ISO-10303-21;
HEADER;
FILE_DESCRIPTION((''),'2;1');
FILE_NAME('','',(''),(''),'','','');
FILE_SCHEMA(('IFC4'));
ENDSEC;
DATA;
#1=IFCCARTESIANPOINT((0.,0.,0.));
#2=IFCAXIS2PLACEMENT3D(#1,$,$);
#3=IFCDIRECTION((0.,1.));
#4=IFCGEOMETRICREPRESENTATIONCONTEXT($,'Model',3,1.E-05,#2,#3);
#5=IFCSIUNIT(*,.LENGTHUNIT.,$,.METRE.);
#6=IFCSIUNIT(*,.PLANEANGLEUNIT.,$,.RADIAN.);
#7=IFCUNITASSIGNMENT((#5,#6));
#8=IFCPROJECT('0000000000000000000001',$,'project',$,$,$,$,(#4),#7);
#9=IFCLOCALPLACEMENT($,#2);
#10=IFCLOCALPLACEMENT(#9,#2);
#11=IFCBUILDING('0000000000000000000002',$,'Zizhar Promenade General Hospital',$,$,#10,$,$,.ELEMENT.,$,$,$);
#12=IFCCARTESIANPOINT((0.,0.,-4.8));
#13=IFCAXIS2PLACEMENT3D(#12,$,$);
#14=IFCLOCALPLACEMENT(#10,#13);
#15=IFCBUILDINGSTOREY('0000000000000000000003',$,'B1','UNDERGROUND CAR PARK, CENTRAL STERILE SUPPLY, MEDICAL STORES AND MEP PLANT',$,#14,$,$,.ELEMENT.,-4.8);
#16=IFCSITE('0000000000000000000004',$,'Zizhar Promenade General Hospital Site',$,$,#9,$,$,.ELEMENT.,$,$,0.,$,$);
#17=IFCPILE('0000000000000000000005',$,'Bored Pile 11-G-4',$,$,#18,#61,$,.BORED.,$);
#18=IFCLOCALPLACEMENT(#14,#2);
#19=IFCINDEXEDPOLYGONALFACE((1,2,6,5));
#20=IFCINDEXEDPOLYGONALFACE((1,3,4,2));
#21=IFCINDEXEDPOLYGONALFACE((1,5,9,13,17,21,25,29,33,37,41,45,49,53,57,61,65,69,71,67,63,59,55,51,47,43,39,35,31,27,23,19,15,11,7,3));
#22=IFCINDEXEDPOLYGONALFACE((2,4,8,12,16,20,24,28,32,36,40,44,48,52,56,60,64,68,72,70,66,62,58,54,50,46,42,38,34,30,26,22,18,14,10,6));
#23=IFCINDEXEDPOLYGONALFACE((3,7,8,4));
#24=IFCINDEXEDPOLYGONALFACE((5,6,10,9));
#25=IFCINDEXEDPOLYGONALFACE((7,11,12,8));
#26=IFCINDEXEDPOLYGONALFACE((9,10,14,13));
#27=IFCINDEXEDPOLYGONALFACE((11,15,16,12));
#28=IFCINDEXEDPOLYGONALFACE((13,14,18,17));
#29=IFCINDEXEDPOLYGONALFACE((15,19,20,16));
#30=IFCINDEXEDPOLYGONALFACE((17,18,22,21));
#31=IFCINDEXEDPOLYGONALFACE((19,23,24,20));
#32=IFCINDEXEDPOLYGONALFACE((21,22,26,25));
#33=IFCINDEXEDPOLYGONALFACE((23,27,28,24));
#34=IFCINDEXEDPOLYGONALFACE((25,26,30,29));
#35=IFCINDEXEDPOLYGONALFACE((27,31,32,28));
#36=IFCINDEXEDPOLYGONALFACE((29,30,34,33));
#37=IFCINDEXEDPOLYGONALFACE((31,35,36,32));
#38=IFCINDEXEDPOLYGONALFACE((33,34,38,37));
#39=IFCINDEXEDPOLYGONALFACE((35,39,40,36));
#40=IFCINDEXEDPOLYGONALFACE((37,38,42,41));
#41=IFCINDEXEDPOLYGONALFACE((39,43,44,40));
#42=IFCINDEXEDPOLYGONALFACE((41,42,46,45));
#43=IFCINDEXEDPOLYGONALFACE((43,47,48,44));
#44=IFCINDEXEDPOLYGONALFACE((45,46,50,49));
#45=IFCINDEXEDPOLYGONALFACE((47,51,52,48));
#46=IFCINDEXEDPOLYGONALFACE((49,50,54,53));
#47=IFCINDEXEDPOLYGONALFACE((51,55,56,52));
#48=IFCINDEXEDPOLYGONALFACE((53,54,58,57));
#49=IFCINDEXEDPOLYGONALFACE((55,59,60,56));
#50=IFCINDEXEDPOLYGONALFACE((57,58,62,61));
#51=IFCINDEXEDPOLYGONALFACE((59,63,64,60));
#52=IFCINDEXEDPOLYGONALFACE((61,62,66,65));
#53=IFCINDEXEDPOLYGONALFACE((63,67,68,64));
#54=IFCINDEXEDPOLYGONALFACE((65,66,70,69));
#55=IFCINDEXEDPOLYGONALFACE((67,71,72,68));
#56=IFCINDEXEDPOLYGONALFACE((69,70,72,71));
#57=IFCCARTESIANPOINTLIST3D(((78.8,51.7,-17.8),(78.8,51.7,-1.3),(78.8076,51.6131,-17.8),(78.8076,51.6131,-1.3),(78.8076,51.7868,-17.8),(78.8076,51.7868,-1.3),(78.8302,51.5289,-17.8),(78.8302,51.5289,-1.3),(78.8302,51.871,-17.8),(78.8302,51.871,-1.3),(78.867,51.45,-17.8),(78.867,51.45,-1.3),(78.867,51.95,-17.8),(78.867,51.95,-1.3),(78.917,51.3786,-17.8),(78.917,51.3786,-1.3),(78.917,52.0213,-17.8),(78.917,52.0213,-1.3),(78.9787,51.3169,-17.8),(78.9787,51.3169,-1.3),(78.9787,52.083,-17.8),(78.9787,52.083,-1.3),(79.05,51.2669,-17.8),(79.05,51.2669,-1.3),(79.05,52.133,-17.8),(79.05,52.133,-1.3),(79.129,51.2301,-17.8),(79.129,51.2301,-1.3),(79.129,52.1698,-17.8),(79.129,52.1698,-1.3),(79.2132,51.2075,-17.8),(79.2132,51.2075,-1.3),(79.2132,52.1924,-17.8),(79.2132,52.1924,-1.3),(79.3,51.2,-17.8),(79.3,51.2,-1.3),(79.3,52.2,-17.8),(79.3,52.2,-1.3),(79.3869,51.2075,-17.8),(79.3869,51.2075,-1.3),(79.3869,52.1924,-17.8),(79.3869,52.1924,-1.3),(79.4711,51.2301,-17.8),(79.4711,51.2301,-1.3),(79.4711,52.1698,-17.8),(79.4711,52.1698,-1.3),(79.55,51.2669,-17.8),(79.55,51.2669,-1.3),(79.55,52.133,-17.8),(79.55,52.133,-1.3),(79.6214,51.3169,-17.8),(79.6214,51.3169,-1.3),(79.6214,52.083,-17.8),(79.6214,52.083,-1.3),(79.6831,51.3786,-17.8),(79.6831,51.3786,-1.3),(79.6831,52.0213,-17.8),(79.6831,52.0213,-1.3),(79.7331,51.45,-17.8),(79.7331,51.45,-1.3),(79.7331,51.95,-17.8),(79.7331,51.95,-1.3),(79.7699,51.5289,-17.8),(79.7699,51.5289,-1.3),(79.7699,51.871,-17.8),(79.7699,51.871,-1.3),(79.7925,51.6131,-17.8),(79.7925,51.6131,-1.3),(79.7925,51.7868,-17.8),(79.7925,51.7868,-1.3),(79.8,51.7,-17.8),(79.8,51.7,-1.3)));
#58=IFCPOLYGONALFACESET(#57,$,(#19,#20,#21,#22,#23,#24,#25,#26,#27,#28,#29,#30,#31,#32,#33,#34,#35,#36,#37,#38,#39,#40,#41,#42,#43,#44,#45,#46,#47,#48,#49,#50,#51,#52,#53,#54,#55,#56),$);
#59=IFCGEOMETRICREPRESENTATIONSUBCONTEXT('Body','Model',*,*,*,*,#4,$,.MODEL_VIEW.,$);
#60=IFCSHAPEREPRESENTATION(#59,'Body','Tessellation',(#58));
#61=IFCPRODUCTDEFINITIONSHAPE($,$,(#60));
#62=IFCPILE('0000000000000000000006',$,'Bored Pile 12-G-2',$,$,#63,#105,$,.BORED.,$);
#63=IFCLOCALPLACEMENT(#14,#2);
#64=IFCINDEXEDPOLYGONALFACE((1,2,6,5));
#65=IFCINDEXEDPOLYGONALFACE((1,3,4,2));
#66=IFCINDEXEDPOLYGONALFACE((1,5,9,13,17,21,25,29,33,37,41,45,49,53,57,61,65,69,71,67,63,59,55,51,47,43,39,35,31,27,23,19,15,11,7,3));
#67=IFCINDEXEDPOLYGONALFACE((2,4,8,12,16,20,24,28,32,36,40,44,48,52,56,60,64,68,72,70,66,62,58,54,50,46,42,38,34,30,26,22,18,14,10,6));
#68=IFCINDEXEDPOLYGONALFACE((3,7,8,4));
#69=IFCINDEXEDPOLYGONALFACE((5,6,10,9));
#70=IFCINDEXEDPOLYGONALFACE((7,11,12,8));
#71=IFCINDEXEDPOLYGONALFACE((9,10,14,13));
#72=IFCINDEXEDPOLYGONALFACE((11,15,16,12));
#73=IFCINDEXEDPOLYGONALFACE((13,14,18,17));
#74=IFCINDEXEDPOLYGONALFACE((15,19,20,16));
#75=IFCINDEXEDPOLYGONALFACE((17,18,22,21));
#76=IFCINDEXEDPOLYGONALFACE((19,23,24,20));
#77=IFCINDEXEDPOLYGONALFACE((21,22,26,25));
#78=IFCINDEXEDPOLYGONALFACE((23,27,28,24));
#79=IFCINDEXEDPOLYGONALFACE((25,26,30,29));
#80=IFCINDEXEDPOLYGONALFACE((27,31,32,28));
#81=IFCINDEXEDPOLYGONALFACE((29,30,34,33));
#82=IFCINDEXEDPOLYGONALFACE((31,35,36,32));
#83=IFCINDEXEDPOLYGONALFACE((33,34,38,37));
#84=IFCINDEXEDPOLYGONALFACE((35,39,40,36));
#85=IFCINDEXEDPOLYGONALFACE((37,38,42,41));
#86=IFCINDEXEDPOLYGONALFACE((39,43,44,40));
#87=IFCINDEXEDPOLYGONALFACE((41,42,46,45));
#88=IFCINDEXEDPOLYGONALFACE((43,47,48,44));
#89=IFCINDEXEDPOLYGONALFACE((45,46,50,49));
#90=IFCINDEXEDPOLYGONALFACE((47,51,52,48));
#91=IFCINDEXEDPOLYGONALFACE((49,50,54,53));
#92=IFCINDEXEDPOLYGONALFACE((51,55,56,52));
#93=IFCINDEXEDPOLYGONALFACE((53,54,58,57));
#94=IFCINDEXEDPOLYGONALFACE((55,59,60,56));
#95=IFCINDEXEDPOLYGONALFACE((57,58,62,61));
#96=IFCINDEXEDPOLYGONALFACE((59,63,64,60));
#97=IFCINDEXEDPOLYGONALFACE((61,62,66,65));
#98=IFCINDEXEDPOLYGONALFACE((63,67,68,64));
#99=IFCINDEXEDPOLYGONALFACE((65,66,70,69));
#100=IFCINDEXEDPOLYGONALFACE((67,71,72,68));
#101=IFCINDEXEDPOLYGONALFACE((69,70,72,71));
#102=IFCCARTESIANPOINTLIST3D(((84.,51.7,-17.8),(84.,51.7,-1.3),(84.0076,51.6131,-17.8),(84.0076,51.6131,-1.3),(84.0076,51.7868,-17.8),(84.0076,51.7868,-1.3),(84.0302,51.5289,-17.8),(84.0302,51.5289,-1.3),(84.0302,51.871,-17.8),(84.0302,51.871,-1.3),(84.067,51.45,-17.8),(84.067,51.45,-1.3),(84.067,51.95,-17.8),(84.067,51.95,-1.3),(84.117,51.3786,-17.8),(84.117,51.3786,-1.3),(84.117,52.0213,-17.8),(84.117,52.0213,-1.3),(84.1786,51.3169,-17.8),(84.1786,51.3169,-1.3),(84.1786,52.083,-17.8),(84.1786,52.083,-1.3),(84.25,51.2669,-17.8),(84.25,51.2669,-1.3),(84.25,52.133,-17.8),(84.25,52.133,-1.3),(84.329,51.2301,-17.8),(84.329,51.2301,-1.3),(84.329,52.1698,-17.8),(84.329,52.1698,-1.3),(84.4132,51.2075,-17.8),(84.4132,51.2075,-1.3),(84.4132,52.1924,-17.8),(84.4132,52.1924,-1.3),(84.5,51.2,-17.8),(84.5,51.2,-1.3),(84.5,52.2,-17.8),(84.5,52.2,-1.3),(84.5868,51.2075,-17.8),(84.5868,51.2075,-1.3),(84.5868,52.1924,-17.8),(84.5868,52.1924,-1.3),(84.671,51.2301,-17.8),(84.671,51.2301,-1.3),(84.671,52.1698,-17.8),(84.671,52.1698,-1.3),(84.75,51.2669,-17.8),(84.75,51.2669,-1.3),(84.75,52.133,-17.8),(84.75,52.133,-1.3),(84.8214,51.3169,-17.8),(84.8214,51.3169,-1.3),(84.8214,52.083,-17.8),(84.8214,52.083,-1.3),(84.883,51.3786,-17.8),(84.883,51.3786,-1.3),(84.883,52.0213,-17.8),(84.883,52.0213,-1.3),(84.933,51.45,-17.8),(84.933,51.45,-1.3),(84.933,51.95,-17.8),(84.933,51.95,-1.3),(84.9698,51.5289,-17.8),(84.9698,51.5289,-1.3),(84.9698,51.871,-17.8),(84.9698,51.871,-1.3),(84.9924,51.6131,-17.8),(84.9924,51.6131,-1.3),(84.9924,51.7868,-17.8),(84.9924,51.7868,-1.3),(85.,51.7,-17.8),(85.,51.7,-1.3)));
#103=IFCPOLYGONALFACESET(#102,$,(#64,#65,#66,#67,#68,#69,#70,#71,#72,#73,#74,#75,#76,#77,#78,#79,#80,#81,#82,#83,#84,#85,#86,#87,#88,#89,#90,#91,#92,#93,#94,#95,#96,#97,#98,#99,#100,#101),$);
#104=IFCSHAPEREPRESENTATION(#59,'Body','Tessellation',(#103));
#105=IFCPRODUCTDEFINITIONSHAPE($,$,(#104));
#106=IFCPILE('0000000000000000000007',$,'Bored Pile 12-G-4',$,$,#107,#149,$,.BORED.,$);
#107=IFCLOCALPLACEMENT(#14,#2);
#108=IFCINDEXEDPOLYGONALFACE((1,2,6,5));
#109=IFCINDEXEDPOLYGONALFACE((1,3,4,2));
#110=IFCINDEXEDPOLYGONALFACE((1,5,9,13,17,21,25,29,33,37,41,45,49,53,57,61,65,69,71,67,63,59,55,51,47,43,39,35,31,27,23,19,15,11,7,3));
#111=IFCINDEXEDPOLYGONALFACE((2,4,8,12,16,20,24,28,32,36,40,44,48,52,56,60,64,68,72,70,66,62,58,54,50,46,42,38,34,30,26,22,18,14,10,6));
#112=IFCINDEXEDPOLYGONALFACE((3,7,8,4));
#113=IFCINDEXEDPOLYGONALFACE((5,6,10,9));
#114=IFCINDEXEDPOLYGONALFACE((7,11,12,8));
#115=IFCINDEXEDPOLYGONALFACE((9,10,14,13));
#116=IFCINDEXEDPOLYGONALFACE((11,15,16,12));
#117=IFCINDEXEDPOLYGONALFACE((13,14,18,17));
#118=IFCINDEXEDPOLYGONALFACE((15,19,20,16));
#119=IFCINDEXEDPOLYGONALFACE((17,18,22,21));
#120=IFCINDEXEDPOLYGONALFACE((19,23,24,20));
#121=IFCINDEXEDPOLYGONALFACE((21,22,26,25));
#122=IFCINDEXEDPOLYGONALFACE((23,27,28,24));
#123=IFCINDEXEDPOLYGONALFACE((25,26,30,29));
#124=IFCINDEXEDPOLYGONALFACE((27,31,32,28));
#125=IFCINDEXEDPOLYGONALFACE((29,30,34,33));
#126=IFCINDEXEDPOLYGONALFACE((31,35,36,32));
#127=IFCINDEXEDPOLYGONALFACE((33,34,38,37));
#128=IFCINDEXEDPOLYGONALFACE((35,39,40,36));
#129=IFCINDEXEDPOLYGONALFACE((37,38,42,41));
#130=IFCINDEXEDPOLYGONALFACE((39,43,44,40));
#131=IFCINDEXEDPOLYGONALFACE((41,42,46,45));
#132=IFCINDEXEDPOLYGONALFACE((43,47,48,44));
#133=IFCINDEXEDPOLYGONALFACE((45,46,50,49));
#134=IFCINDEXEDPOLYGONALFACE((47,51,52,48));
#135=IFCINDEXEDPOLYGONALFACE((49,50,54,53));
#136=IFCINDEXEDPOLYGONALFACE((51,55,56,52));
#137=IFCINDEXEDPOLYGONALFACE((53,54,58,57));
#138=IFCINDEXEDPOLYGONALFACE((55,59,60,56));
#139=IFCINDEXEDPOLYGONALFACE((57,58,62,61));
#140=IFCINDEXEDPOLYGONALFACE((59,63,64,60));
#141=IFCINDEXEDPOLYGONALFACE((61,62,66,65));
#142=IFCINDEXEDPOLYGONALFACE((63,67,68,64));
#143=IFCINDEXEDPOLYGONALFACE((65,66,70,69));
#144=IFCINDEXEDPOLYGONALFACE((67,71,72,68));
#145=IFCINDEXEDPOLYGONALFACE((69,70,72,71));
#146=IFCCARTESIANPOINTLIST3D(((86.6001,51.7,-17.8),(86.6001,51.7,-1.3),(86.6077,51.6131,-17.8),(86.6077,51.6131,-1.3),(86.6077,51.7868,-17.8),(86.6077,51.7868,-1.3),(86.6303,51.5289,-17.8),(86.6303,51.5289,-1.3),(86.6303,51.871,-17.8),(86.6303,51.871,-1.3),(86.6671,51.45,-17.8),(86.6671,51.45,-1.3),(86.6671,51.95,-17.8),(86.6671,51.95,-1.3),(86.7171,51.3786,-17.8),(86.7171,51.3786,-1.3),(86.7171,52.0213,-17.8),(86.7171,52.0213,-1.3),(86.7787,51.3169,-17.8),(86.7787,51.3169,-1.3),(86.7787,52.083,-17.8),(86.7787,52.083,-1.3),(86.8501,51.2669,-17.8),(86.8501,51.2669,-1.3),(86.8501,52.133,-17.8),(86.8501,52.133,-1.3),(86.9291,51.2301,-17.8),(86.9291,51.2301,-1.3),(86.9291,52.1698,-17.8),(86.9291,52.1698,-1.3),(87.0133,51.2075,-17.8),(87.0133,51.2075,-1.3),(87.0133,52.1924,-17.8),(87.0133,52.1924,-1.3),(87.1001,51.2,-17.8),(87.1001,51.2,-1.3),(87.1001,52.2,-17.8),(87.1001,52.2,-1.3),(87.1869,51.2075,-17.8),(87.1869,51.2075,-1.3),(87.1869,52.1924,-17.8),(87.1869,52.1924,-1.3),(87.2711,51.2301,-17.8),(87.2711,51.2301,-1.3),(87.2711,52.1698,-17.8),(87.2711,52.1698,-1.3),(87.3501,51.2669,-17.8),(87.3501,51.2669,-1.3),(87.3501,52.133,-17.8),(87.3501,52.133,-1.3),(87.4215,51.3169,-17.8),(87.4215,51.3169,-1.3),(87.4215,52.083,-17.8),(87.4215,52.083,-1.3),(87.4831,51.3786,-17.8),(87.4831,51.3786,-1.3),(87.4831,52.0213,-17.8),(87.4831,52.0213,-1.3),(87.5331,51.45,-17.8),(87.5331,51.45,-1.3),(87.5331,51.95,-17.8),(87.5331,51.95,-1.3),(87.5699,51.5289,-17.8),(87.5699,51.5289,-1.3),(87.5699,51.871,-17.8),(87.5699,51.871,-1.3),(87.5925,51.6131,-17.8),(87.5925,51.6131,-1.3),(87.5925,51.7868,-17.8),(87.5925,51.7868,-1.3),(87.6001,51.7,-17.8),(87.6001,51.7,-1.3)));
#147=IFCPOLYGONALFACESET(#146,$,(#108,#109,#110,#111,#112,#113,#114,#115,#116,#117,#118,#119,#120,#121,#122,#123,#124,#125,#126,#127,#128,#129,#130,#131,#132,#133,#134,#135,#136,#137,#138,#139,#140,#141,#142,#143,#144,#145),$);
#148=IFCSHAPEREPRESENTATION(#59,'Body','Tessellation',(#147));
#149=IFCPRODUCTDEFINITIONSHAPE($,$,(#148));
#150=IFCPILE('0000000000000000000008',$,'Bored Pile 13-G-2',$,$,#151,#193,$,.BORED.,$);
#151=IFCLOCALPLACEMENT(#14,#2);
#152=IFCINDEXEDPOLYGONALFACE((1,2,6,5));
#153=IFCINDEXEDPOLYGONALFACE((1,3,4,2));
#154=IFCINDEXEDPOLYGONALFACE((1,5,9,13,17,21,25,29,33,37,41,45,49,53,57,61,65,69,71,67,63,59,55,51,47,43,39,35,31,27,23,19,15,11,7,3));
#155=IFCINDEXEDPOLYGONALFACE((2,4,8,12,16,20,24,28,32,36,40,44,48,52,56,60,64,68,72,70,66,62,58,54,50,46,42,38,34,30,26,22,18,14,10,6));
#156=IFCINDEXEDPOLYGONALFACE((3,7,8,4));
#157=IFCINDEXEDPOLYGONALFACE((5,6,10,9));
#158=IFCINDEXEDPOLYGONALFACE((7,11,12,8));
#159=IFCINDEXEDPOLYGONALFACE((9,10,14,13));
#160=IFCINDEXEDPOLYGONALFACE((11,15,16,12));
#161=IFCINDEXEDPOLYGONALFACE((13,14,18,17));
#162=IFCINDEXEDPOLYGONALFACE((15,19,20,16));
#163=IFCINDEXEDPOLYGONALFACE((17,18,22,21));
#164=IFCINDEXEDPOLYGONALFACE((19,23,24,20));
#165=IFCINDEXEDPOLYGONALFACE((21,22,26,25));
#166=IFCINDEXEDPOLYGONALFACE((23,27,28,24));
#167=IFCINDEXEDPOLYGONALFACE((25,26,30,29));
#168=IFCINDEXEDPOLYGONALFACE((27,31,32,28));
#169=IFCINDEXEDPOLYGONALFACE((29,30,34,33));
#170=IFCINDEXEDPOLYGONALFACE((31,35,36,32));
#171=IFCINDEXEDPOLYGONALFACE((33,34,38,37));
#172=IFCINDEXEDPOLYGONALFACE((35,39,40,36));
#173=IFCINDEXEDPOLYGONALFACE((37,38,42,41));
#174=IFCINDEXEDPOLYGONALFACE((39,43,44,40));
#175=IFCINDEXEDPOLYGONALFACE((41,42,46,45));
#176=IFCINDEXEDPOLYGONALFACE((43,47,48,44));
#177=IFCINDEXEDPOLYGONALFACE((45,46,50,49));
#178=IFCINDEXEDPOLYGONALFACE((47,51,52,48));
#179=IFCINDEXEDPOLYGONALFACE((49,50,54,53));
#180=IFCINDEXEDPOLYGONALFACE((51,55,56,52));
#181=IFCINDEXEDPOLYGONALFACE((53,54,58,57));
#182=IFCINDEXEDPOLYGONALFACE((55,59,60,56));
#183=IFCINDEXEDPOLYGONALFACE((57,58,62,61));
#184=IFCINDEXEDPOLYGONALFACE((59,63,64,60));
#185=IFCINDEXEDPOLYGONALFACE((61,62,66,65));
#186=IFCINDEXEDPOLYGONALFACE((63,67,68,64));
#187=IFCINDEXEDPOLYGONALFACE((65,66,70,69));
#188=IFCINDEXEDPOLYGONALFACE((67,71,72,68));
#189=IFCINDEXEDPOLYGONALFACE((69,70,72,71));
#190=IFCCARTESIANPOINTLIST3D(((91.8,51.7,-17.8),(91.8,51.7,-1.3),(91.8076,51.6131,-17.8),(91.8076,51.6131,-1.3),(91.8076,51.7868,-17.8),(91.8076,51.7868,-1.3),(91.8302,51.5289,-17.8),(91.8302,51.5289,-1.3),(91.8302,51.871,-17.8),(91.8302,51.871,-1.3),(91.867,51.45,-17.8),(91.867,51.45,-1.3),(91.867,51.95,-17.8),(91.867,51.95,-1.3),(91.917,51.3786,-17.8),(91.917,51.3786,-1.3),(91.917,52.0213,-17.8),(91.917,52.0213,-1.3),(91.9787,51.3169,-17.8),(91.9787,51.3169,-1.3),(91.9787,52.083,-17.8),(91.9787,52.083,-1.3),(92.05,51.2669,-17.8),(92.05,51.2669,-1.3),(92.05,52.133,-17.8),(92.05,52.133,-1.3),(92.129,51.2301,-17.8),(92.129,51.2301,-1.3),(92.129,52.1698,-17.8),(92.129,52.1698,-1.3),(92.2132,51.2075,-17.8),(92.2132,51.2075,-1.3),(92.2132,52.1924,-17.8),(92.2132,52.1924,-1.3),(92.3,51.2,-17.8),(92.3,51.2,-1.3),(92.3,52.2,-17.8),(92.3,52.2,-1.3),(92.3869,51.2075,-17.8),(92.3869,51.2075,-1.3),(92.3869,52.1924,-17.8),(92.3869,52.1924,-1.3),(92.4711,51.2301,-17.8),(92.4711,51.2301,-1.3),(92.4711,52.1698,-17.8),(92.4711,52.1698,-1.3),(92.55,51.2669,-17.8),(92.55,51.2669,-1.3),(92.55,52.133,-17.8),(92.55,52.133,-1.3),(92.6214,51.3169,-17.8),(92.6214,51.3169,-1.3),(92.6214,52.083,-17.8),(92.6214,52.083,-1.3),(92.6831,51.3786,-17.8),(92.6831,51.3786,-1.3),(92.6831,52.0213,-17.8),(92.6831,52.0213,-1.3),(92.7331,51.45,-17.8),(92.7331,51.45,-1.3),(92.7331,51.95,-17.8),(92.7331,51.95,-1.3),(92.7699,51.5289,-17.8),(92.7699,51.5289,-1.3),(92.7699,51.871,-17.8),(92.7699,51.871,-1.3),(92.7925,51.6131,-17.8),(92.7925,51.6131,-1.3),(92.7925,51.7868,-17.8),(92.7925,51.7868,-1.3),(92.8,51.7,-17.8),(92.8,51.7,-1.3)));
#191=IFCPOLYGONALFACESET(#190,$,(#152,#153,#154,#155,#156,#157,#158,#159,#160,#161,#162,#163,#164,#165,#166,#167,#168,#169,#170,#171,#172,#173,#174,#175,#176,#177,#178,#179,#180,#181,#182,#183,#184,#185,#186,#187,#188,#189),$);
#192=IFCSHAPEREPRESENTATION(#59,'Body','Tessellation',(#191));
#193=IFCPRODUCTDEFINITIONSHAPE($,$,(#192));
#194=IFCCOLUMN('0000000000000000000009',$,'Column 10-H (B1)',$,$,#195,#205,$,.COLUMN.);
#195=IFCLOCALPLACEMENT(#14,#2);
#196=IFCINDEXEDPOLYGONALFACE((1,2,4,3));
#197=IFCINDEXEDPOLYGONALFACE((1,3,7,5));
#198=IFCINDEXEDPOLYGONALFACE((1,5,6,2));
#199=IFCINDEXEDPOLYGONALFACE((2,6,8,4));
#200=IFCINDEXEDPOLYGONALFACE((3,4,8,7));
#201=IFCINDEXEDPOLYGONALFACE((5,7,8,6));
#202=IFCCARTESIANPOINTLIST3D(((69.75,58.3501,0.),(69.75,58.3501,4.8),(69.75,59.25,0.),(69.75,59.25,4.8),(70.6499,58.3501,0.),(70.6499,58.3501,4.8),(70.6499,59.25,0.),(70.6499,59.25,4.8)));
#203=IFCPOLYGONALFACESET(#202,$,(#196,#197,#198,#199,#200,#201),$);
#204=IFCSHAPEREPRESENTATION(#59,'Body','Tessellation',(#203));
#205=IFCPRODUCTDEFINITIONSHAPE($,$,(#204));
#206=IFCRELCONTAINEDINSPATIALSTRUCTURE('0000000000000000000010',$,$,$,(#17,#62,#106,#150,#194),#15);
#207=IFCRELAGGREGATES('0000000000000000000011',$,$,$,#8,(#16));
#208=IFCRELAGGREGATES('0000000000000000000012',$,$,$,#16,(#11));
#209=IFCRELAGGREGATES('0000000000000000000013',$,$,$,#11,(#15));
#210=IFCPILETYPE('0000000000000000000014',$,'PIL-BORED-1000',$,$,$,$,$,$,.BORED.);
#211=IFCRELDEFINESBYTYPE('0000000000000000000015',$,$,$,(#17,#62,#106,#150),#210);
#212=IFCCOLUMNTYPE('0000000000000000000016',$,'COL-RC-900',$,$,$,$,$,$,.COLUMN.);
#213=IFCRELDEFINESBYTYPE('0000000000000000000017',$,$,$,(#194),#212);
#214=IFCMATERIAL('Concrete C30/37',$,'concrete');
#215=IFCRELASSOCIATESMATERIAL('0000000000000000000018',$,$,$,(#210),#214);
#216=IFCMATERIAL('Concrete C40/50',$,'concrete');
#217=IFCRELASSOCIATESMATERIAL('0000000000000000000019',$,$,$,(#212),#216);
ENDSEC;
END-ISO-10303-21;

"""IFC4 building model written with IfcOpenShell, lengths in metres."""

from ifc_helpers import new_model, si_unit, direction, frame, origin, origin_2d, place, context, subcontext, project, spatial, rectangle, circle, extrude, material, material_profile, profile_set, type_object, element, save


model = new_model("IFC4")

# Units and contexts
model_context = context("Model", 3, precision=1e-05, world=origin(), true_north=direction((0.0, 1.0)))
body_context = subcontext(model_context, "Body", "Model", "MODEL_VIEW")
ifc_project = project(units=[si_unit("LENGTHUNIT", "METRE"), si_unit("PLANEANGLEUNIT", "RADIAN")], contexts=[model_context])

# Site, building, storey
site_placement = place(None, origin())
site = spatial("IfcSite", under=ifc_project, at=site_placement, Name="Zizhar Promenade General Hospital Site", CompositionType="ELEMENT", RefElevation=0.0)
building_placement = place(site_placement, origin())
building = spatial("IfcBuilding", under=site, at=building_placement, Name="Zizhar Promenade General Hospital", CompositionType="ELEMENT")
storey_placement = place(building_placement, frame((0.0, 0.0, -4.8)))
storey = spatial("IfcBuildingStorey", under=building, at=storey_placement, Name="B1", Description="UNDERGROUND CAR PARK, CENTRAL STERILE SUPPLY, MEDICAL STORES AND MEP PLANT", CompositionType="ELEMENT", Elevation=-4.8)

# Piles
ifc_material_1 = material(Name="Concrete C30/37", Category="concrete")
ifc_material_profile_1 = material_profile(ifc_material_1, circle(Radius=0.5, at=origin_2d()))
ifc_profile_set_1 = profile_set([ifc_material_profile_1], Name="Concrete C30/37")
pile_type = type_object("IfcPileType", Name="PIL-BORED-1000", PredefinedType="BORED", material=ifc_profile_set_1)
for number, where, z_axis, x_axis, name in (
    (1, (79.3, 51.7, -1.3), (0.0, 0.0, -1.0), (1.0, 0.0, 0.0), "Bored Pile 11-G-4"),
    (2, (84.5, 51.7, -1.3), (0.0, 0.0, -1.0), (1.0, 0.0, 0.0), "Bored Pile 12-G-2"),
    (3, (87.1001, 51.7, -1.3), (0.0, 0.0, -1.0), (1.0, 0.0, 0.0), "Bored Pile 12-G-4"),
    (4, (92.3, 51.7, -1.3), (0.0, 0.0, -1.0), (1.0, 0.0, 0.0), "Bored Pile 13-G-2"),
):
    element("IfcPile", number, at=place(storey_placement, frame(where, z_axis=z_axis, x_axis=x_axis)), inside=storey, type_object=pile_type, Name=name, PredefinedType="BORED", context=body_context, shape_type="SweptSolid", body=[
        extrude(circle(Radius=0.5, at=origin_2d()), origin(), (0.0, 0.0, 1.0), 16.5),
    ])

# Column
ifc_material_2 = material(Name="Concrete C40/50", Category="concrete")
ifc_material_profile_2 = material_profile(ifc_material_2, rectangle(XDim=0.8999, YDim=0.8999, at=origin_2d()))
ifc_profile_set_2 = profile_set([ifc_material_profile_2], Name="Concrete C40/50")
column_type = type_object("IfcColumnType", Name="COL-RC-900", PredefinedType="COLUMN", material=ifc_profile_set_2)
for number, where, z_axis, x_axis, name in (
    (5, (70.2, 58.8, 0.0), (0.0, 0.0, 1.0), (1.0, 0.0, 0.0), "Column 10-H (B1)"),
):
    element("IfcColumn", number, at=place(storey_placement, frame(where, z_axis=z_axis, x_axis=x_axis)), inside=storey, type_object=column_type, Name=name, PredefinedType="COLUMN", context=body_context, shape_type="SweptSolid", body=[
        extrude(rectangle(XDim=0.8999, YDim=0.8999, at=origin_2d()), origin(), (0.0, 0.0, 1.0), 4.8),
    ])

save(model, "model.ifc")
